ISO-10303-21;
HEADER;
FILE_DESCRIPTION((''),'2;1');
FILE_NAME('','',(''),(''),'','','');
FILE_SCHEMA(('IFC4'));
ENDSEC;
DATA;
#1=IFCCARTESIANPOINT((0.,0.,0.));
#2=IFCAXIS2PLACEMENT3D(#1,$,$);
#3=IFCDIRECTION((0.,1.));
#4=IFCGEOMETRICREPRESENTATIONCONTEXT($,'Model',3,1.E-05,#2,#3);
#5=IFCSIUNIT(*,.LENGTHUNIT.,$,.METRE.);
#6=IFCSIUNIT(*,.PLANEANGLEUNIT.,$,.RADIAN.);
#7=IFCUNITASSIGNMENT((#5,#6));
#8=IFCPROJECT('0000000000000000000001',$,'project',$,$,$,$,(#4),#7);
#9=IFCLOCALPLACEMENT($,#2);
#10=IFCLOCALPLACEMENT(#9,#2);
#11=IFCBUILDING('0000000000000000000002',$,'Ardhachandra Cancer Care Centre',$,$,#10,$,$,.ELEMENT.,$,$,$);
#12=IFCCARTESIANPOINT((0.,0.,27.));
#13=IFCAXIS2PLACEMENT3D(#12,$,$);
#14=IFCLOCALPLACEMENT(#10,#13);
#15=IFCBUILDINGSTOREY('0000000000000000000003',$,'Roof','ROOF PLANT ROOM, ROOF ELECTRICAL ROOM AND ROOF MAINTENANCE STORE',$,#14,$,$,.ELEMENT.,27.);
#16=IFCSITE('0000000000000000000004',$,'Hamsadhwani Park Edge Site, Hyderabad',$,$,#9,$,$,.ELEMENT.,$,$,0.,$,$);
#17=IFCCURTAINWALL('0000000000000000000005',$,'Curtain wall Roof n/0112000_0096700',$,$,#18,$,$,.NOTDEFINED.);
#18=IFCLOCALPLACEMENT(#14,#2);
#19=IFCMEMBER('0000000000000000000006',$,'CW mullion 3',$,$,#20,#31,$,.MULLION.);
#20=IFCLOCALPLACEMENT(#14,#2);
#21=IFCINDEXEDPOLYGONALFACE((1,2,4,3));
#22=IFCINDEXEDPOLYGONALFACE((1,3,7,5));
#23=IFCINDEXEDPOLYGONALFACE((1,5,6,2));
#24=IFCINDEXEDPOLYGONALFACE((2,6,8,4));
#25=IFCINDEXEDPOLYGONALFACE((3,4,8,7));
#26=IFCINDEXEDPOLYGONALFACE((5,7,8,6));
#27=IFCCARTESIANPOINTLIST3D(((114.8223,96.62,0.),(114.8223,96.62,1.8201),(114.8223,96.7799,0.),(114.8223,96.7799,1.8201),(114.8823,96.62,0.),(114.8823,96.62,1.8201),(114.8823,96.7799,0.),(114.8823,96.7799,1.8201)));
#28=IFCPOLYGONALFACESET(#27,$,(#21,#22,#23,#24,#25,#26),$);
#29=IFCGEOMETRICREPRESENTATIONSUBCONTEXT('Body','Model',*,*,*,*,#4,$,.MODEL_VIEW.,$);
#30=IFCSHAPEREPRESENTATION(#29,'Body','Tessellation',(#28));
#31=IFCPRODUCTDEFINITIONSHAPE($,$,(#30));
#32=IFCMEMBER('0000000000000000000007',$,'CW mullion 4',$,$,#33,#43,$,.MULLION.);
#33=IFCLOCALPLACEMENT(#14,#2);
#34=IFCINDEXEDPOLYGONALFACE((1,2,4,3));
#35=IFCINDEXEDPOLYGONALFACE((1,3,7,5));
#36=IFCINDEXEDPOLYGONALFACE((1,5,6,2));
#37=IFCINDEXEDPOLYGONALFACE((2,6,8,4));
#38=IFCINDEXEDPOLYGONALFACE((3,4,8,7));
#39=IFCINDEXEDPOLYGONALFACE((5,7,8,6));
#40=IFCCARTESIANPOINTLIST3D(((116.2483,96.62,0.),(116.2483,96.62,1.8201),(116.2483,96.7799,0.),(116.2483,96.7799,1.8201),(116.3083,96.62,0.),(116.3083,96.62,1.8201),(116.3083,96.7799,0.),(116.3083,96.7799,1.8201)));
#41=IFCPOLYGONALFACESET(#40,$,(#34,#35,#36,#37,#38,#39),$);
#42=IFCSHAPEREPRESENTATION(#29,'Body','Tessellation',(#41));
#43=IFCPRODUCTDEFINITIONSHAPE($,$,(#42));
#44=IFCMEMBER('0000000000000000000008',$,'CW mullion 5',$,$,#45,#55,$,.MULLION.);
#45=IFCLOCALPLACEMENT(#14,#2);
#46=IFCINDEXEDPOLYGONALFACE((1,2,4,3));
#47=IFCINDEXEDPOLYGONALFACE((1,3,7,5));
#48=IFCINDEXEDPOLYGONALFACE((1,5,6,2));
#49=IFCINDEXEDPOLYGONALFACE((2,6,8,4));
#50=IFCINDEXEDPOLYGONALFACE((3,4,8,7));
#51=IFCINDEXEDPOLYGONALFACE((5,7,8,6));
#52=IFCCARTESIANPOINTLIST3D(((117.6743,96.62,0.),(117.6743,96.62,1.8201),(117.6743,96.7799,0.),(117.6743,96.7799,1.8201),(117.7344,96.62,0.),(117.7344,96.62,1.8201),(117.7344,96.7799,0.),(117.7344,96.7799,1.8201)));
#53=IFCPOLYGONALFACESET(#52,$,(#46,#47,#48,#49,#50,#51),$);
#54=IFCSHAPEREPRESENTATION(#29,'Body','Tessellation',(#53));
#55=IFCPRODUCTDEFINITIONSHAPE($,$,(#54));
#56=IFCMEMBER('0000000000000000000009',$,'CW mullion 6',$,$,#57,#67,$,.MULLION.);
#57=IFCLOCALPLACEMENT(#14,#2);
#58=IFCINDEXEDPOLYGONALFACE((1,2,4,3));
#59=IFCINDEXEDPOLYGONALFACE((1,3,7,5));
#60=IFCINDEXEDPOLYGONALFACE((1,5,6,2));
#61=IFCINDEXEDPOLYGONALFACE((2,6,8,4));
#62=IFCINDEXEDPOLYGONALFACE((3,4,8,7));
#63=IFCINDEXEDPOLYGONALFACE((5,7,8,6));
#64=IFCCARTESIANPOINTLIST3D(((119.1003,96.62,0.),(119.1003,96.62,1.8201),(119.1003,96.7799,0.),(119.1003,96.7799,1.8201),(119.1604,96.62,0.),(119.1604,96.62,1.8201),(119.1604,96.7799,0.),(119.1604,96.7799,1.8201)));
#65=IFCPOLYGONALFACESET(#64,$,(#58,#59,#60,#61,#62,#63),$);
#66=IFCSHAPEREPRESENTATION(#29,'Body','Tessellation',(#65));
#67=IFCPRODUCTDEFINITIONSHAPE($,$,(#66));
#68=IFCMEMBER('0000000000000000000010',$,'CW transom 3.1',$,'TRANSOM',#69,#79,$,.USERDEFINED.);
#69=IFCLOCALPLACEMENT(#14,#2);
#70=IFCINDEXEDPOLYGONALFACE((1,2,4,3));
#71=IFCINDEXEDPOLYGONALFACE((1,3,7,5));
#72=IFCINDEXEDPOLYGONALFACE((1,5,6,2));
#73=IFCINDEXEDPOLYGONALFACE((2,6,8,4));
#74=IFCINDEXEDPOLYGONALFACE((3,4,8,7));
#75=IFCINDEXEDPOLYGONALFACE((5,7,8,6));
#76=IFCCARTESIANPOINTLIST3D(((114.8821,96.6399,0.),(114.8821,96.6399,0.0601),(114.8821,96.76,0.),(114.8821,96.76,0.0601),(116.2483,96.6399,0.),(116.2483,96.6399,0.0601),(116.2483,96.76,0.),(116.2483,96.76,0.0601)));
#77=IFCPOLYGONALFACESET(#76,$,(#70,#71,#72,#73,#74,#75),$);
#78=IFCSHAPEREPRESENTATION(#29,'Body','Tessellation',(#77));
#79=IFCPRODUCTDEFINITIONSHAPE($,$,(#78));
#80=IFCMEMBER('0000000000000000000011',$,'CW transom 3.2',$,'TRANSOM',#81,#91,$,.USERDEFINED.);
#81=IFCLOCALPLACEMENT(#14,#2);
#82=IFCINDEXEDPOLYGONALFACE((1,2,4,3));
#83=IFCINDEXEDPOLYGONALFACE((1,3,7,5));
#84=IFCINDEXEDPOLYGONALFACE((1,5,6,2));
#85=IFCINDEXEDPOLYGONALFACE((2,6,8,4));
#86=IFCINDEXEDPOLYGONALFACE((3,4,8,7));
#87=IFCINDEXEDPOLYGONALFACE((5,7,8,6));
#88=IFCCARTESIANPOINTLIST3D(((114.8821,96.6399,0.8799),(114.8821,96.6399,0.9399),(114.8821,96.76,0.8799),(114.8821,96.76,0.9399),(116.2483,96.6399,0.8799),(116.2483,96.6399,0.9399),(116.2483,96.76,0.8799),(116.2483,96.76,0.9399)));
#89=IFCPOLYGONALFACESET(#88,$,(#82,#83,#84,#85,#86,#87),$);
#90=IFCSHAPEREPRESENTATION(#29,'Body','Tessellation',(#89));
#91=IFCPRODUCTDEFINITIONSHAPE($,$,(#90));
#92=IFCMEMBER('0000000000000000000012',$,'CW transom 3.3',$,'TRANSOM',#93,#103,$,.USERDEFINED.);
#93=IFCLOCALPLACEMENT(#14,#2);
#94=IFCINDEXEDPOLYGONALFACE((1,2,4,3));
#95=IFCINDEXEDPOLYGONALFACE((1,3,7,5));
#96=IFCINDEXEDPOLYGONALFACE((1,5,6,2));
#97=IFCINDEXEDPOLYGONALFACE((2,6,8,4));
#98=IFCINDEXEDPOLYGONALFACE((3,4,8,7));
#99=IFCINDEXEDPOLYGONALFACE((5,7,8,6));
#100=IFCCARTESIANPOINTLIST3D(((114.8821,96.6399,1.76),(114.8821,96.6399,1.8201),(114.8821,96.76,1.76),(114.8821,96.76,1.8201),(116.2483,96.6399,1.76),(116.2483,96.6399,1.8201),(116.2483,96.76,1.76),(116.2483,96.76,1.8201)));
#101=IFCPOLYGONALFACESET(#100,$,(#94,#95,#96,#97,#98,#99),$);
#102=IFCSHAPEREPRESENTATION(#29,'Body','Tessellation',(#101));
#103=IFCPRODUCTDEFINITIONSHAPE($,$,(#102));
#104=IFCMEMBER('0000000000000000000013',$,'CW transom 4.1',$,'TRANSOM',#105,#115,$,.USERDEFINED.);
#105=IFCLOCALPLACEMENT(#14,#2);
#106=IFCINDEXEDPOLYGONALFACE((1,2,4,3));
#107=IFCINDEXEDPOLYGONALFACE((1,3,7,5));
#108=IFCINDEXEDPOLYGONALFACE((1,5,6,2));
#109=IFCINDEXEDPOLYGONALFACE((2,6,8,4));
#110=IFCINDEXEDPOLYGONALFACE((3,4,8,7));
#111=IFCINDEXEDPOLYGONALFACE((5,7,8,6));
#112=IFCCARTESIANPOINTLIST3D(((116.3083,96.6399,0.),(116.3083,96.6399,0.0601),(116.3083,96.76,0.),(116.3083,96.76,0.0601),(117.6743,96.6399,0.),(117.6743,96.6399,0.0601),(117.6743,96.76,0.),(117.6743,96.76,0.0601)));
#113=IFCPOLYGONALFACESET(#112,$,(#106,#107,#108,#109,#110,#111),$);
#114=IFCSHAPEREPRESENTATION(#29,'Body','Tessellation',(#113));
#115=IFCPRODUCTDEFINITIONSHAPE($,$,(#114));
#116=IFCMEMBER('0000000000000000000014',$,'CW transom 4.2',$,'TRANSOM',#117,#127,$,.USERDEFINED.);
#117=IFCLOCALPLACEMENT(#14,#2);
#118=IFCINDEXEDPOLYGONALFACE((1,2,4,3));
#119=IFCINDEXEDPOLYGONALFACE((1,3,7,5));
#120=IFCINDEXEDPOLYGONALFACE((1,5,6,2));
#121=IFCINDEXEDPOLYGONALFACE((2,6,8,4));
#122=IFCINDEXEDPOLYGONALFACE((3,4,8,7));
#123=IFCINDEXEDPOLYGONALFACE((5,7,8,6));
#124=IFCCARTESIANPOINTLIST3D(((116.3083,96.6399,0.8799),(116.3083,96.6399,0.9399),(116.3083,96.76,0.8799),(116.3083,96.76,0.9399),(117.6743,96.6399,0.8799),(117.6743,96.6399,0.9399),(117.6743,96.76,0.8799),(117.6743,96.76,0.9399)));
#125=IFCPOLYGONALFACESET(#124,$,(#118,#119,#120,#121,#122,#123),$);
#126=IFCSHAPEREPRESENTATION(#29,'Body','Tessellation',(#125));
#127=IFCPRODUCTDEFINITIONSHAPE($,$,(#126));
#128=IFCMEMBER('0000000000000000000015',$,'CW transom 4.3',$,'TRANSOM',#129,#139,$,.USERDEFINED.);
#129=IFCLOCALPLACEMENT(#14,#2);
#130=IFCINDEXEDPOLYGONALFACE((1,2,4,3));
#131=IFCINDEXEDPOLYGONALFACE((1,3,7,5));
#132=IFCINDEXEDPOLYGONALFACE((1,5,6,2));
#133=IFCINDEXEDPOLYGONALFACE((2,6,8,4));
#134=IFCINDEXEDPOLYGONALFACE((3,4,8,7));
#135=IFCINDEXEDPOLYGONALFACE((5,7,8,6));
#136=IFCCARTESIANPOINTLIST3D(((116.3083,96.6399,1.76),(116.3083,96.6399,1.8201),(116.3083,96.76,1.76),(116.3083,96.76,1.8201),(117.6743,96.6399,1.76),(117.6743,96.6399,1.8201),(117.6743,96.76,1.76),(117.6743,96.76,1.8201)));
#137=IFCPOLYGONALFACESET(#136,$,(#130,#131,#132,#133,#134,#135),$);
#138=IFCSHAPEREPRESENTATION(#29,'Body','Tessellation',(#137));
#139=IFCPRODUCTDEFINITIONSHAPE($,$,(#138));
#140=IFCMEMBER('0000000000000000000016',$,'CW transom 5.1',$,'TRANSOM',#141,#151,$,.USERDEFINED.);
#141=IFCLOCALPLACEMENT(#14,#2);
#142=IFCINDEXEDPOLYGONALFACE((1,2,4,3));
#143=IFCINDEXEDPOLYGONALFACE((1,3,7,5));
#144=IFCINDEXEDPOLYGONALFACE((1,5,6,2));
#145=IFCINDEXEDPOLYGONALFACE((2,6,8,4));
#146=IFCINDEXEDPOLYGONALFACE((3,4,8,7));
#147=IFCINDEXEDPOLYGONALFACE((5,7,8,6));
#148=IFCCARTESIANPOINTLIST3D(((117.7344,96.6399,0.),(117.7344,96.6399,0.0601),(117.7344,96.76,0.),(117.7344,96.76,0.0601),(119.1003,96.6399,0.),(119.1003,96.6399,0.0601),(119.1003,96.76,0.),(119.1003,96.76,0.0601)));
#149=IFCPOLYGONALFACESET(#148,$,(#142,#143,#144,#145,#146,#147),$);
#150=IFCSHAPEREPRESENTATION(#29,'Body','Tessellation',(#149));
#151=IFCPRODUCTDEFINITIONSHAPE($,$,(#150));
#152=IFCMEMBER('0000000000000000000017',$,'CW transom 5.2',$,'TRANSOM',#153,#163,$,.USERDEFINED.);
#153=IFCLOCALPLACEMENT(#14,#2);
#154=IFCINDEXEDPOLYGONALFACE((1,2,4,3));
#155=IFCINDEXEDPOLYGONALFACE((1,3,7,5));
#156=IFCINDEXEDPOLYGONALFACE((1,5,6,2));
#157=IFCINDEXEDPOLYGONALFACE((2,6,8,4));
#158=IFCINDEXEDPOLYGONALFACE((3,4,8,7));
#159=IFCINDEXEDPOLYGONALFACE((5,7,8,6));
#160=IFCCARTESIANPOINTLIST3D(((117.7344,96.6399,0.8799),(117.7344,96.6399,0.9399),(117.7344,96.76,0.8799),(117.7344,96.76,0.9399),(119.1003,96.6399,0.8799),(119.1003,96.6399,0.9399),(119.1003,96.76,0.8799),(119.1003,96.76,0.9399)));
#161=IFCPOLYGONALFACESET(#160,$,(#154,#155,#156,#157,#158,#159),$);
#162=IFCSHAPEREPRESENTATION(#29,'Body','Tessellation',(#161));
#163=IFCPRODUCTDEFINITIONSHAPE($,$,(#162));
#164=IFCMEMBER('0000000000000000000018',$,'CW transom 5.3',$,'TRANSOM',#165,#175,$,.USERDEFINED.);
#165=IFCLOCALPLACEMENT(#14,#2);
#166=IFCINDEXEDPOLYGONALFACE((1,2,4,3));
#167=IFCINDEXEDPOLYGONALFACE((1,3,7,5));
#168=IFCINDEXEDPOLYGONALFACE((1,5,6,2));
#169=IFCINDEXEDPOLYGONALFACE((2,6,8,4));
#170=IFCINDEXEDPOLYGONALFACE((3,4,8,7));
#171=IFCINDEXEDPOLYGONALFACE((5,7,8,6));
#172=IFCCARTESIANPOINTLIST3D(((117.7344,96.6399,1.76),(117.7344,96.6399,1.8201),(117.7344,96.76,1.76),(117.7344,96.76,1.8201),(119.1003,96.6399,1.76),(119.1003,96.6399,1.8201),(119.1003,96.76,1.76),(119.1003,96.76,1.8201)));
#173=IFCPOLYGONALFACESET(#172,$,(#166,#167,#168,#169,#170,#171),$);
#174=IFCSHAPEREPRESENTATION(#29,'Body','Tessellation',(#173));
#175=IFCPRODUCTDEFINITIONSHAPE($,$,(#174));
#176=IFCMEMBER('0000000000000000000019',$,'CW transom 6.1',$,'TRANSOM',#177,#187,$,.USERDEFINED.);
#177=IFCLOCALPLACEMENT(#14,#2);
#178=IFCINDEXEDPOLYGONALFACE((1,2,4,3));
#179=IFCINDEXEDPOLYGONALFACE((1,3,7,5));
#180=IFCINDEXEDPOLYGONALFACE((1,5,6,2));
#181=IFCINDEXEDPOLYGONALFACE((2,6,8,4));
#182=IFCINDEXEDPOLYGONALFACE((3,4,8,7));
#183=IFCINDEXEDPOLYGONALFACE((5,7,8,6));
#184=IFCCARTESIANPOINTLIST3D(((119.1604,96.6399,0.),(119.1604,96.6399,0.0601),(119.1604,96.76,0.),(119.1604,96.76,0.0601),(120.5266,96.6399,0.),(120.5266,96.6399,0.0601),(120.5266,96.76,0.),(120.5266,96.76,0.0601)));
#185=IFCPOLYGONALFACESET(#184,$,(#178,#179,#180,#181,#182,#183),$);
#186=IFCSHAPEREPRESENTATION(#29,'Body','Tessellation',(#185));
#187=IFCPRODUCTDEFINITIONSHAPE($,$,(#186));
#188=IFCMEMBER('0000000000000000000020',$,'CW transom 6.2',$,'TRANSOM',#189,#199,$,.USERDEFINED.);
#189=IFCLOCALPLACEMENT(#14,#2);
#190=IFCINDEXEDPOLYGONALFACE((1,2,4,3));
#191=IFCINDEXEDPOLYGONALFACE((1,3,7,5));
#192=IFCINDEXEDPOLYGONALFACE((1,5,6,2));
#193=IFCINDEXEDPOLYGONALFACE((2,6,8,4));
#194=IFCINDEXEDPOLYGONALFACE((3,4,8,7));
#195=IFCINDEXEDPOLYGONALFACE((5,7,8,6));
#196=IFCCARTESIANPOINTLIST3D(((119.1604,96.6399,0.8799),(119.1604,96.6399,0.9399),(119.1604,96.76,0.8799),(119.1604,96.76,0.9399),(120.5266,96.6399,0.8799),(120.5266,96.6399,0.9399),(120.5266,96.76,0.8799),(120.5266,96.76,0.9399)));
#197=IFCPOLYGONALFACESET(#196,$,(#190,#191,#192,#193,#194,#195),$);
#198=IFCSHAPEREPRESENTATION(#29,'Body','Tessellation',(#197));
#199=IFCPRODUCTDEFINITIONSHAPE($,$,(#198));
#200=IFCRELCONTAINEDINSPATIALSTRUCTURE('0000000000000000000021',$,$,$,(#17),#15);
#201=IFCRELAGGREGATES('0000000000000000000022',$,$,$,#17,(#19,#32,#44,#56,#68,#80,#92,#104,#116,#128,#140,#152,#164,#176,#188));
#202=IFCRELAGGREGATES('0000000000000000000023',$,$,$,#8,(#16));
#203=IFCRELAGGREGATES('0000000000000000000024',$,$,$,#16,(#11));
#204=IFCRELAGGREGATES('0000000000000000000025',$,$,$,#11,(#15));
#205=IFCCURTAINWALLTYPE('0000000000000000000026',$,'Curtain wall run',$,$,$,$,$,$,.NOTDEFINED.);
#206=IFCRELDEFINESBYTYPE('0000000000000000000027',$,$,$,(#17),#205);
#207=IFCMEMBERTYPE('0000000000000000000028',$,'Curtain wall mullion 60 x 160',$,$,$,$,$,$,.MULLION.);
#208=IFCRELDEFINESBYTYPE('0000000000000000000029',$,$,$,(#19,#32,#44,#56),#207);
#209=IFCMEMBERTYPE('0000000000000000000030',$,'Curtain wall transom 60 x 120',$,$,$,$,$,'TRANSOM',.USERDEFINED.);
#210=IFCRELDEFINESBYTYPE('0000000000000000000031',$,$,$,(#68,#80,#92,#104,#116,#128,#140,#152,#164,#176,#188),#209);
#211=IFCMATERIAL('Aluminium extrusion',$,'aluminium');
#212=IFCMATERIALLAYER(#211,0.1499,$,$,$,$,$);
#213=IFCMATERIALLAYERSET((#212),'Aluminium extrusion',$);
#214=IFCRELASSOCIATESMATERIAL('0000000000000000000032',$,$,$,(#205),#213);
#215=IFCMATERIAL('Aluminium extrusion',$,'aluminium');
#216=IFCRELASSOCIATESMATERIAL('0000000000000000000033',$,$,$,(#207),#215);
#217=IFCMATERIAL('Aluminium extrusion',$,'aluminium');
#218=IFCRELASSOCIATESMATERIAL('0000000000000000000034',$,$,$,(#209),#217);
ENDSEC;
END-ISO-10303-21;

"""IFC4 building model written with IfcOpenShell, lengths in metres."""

from ifc_helpers import new_model, si_unit, direction, frame, origin, origin_2d, place, context, subcontext, project, spatial, rectangle, extrude, material, layer, layer_set, material_profile, profile_set, type_object, element, aggregate, save


model = new_model("IFC4")

# Units and contexts
model_context = context("Model", 3, precision=1e-05, world=origin(), true_north=direction((0.0, 1.0)))
body_context = subcontext(model_context, "Body", "Model", "MODEL_VIEW")
ifc_project = project(units=[si_unit("LENGTHUNIT", "METRE"), si_unit("PLANEANGLEUNIT", "RADIAN")], contexts=[model_context])

# Site, building, storey
site_placement = place(None, origin())
site = spatial("IfcSite", under=ifc_project, at=site_placement, Name="Hamsadhwani Park Edge Site, Hyderabad", CompositionType="ELEMENT", RefElevation=0.0)
building_placement = place(site_placement, origin())
building = spatial("IfcBuilding", under=site, at=building_placement, Name="Ardhachandra Cancer Care Centre", CompositionType="ELEMENT")
storey_placement = place(building_placement, frame((0.0, 0.0, 27.0)))
storey = spatial("IfcBuildingStorey", under=building, at=storey_placement, Name="Roof", Description="ROOF PLANT ROOM, ROOF ELECTRICAL ROOM AND ROOF MAINTENANCE STORE", CompositionType="ELEMENT", Elevation=27.0)

# Curtain wall, members
ifc_material_1 = material(Name="Aluminium extrusion", Category="aluminium")
ifc_layer_1 = layer(ifc_material_1, 0.1499)
ifc_layer_set_1 = layer_set([ifc_layer_1], Name="Aluminium extrusion")
curtain_wall_type = type_object("IfcCurtainWallType", Name="Curtain wall run", PredefinedType="NOTDEFINED", material=ifc_layer_set_1)
curtain_wall_placement = place(storey_placement, origin())
curtain_wall = element("IfcCurtainWall", 1, at=curtain_wall_placement, inside=storey, type_object=curtain_wall_type, Name="Curtain wall Roof n/0112000_0096700", PredefinedType="NOTDEFINED")
ifc_material_2 = material(Name="Aluminium extrusion", Category="aluminium")
ifc_material_profile_1 = material_profile(ifc_material_2, rectangle(XDim=0.1599, YDim=0.0601, at=origin_2d()), Name="Curtain wall mullion 60 x 160")
ifc_profile_set_1 = profile_set([ifc_material_profile_1], Name="Aluminium extrusion")
member_type_1 = type_object("IfcMemberType", Name="Curtain wall mullion 60 x 160", PredefinedType="MULLION", material=ifc_profile_set_1)
member_1_placement = place(storey_placement, frame((114.8523, 96.7, 0.0), z_axis=(0.0, 0.0, 1.0), x_axis=(0.0, 1.0, 0.0)))
member_1 = element("IfcMember", 2, at=member_1_placement, type_object=member_type_1, Name="CW mullion 3", PredefinedType="MULLION", context=body_context, shape_type="SweptSolid", body=[
    extrude(rectangle(XDim=0.1599, YDim=0.0601, at=origin_2d()), origin(), (0.0, 0.0, 1.0), 1.8201),
])
member_2_placement = place(storey_placement, frame((116.2783, 96.7, 0.0), z_axis=(0.0, 0.0, 1.0), x_axis=(0.0, 1.0, 0.0)))
member_2 = element("IfcMember", 3, at=member_2_placement, type_object=member_type_1, Name="CW mullion 4", PredefinedType="MULLION", context=body_context, shape_type="SweptSolid", body=[
    extrude(rectangle(XDim=0.1599, YDim=0.0601, at=origin_2d()), origin(), (0.0, 0.0, 1.0), 1.8201),
])
member_3_placement = place(storey_placement, frame((117.7043, 96.7, 0.0), z_axis=(0.0, 0.0, 1.0), x_axis=(0.0, 1.0, 0.0)))
member_3 = element("IfcMember", 4, at=member_3_placement, type_object=member_type_1, Name="CW mullion 5", PredefinedType="MULLION", context=body_context, shape_type="SweptSolid", body=[
    extrude(rectangle(XDim=0.1599, YDim=0.0601, at=origin_2d()), origin(), (0.0, 0.0, 1.0), 1.8201),
])
member_4_placement = place(storey_placement, frame((119.1304, 96.7, 0.0), z_axis=(0.0, 0.0, 1.0), x_axis=(0.0, 1.0, 0.0)))
member_4 = element("IfcMember", 5, at=member_4_placement, type_object=member_type_1, Name="CW mullion 6", PredefinedType="MULLION", context=body_context, shape_type="SweptSolid", body=[
    extrude(rectangle(XDim=0.1599, YDim=0.0601, at=origin_2d()), origin(), (0.0, 0.0, 1.0), 1.8201),
])
ifc_material_3 = material(Name="Aluminium extrusion", Category="aluminium")
ifc_material_profile_2 = material_profile(ifc_material_3, rectangle(XDim=0.1201, YDim=0.0601, at=origin_2d()), Name="Curtain wall transom 60 x 120")
ifc_profile_set_2 = profile_set([ifc_material_profile_2], Name="Aluminium extrusion")
member_type_2 = type_object("IfcMemberType", Name="Curtain wall transom 60 x 120", ElementType="TRANSOM", PredefinedType="USERDEFINED", material=ifc_profile_set_2)
member_5_placement = place(storey_placement, frame((114.8821, 96.7, 0.03), z_axis=(1.0, 0.0, 0.0), x_axis=(0.0, 1.0, 0.0)))
member_5 = element("IfcMember", 6, at=member_5_placement, type_object=member_type_2, Name="CW transom 3.1", ObjectType="TRANSOM", PredefinedType="USERDEFINED", context=body_context, shape_type="SweptSolid", body=[
    extrude(rectangle(XDim=0.1201, YDim=0.0601, at=origin_2d()), origin(), (0.0, 0.0, 1.0), 1.3662),
])
member_6_placement = place(storey_placement, frame((114.8821, 96.7, 0.9099), z_axis=(1.0, 0.0, 0.0), x_axis=(0.0, 1.0, 0.0)))
member_6 = element("IfcMember", 7, at=member_6_placement, type_object=member_type_2, Name="CW transom 3.2", ObjectType="TRANSOM", PredefinedType="USERDEFINED", context=body_context, shape_type="SweptSolid", body=[
    extrude(rectangle(XDim=0.1201, YDim=0.0601, at=origin_2d()), origin(), (0.0, 0.0, 1.0), 1.3662),
])
member_7_placement = place(storey_placement, frame((114.8821, 96.7, 1.79), z_axis=(1.0, 0.0, 0.0), x_axis=(0.0, 1.0, 0.0)))
member_7 = element("IfcMember", 8, at=member_7_placement, type_object=member_type_2, Name="CW transom 3.3", ObjectType="TRANSOM", PredefinedType="USERDEFINED", context=body_context, shape_type="SweptSolid", body=[
    extrude(rectangle(XDim=0.1201, YDim=0.0601, at=origin_2d()), origin(), (0.0, 0.0, 1.0), 1.3662),
])
member_8_placement = place(storey_placement, frame((116.3083, 96.7, 0.03), z_axis=(1.0, 0.0, 0.0), x_axis=(0.0, 1.0, 0.0)))
member_8 = element("IfcMember", 9, at=member_8_placement, type_object=member_type_2, Name="CW transom 4.1", ObjectType="TRANSOM", PredefinedType="USERDEFINED", context=body_context, shape_type="SweptSolid", body=[
    extrude(rectangle(XDim=0.1201, YDim=0.0601, at=origin_2d()), origin(), (0.0, 0.0, 1.0), 1.366),
])
member_9_placement = place(storey_placement, frame((116.3083, 96.7, 0.9099), z_axis=(1.0, 0.0, 0.0), x_axis=(0.0, 1.0, 0.0)))
member_9 = element("IfcMember", 10, at=member_9_placement, type_object=member_type_2, Name="CW transom 4.2", ObjectType="TRANSOM", PredefinedType="USERDEFINED", context=body_context, shape_type="SweptSolid", body=[
    extrude(rectangle(XDim=0.1201, YDim=0.0601, at=origin_2d()), origin(), (0.0, 0.0, 1.0), 1.366),
])
member_10_placement = place(storey_placement, frame((116.3083, 96.7, 1.79), z_axis=(1.0, 0.0, 0.0), x_axis=(0.0, 1.0, 0.0)))
member_10 = element("IfcMember", 11, at=member_10_placement, type_object=member_type_2, Name="CW transom 4.3", ObjectType="TRANSOM", PredefinedType="USERDEFINED", context=body_context, shape_type="SweptSolid", body=[
    extrude(rectangle(XDim=0.1201, YDim=0.0601, at=origin_2d()), origin(), (0.0, 0.0, 1.0), 1.366),
])
member_11_placement = place(storey_placement, frame((117.7344, 96.7, 0.03), z_axis=(1.0, 0.0, 0.0), x_axis=(0.0, 1.0, 0.0)))
member_11 = element("IfcMember", 12, at=member_11_placement, type_object=member_type_2, Name="CW transom 5.1", ObjectType="TRANSOM", PredefinedType="USERDEFINED", context=body_context, shape_type="SweptSolid", body=[
    extrude(rectangle(XDim=0.1201, YDim=0.0601, at=origin_2d()), origin(), (0.0, 0.0, 1.0), 1.366),
])
member_12_placement = place(storey_placement, frame((117.7344, 96.7, 0.9099), z_axis=(1.0, 0.0, 0.0), x_axis=(0.0, 1.0, 0.0)))
member_12 = element("IfcMember", 13, at=member_12_placement, type_object=member_type_2, Name="CW transom 5.2", ObjectType="TRANSOM", PredefinedType="USERDEFINED", context=body_context, shape_type="SweptSolid", body=[
    extrude(rectangle(XDim=0.1201, YDim=0.0601, at=origin_2d()), origin(), (0.0, 0.0, 1.0), 1.366),
])
member_13_placement = place(storey_placement, frame((117.7344, 96.7, 1.79), z_axis=(1.0, 0.0, 0.0), x_axis=(0.0, 1.0, 0.0)))
member_13 = element("IfcMember", 14, at=member_13_placement, type_object=member_type_2, Name="CW transom 5.3", ObjectType="TRANSOM", PredefinedType="USERDEFINED", context=body_context, shape_type="SweptSolid", body=[
    extrude(rectangle(XDim=0.1201, YDim=0.0601, at=origin_2d()), origin(), (0.0, 0.0, 1.0), 1.366),
])
member_14_placement = place(storey_placement, frame((119.1604, 96.7, 0.03), z_axis=(1.0, 0.0, 0.0), x_axis=(0.0, 1.0, 0.0)))
member_14 = element("IfcMember", 15, at=member_14_placement, type_object=member_type_2, Name="CW transom 6.1", ObjectType="TRANSOM", PredefinedType="USERDEFINED", context=body_context, shape_type="SweptSolid", body=[
    extrude(rectangle(XDim=0.1201, YDim=0.0601, at=origin_2d()), origin(), (0.0, 0.0, 1.0), 1.3662),
])
member_15_placement = place(storey_placement, frame((119.1604, 96.7, 0.9099), z_axis=(1.0, 0.0, 0.0), x_axis=(0.0, 1.0, 0.0)))
member_15 = element("IfcMember", 16, at=member_15_placement, type_object=member_type_2, Name="CW transom 6.2", ObjectType="TRANSOM", PredefinedType="USERDEFINED", context=body_context, shape_type="SweptSolid", body=[
    extrude(rectangle(XDim=0.1201, YDim=0.0601, at=origin_2d()), origin(), (0.0, 0.0, 1.0), 1.3662),
])

aggregate(curtain_wall, [member_1, member_2, member_3, member_4, member_5, member_6, member_7, member_8, member_9, member_10, member_11, member_12, member_13, member_14, member_15])

save(model, "model.ifc")
